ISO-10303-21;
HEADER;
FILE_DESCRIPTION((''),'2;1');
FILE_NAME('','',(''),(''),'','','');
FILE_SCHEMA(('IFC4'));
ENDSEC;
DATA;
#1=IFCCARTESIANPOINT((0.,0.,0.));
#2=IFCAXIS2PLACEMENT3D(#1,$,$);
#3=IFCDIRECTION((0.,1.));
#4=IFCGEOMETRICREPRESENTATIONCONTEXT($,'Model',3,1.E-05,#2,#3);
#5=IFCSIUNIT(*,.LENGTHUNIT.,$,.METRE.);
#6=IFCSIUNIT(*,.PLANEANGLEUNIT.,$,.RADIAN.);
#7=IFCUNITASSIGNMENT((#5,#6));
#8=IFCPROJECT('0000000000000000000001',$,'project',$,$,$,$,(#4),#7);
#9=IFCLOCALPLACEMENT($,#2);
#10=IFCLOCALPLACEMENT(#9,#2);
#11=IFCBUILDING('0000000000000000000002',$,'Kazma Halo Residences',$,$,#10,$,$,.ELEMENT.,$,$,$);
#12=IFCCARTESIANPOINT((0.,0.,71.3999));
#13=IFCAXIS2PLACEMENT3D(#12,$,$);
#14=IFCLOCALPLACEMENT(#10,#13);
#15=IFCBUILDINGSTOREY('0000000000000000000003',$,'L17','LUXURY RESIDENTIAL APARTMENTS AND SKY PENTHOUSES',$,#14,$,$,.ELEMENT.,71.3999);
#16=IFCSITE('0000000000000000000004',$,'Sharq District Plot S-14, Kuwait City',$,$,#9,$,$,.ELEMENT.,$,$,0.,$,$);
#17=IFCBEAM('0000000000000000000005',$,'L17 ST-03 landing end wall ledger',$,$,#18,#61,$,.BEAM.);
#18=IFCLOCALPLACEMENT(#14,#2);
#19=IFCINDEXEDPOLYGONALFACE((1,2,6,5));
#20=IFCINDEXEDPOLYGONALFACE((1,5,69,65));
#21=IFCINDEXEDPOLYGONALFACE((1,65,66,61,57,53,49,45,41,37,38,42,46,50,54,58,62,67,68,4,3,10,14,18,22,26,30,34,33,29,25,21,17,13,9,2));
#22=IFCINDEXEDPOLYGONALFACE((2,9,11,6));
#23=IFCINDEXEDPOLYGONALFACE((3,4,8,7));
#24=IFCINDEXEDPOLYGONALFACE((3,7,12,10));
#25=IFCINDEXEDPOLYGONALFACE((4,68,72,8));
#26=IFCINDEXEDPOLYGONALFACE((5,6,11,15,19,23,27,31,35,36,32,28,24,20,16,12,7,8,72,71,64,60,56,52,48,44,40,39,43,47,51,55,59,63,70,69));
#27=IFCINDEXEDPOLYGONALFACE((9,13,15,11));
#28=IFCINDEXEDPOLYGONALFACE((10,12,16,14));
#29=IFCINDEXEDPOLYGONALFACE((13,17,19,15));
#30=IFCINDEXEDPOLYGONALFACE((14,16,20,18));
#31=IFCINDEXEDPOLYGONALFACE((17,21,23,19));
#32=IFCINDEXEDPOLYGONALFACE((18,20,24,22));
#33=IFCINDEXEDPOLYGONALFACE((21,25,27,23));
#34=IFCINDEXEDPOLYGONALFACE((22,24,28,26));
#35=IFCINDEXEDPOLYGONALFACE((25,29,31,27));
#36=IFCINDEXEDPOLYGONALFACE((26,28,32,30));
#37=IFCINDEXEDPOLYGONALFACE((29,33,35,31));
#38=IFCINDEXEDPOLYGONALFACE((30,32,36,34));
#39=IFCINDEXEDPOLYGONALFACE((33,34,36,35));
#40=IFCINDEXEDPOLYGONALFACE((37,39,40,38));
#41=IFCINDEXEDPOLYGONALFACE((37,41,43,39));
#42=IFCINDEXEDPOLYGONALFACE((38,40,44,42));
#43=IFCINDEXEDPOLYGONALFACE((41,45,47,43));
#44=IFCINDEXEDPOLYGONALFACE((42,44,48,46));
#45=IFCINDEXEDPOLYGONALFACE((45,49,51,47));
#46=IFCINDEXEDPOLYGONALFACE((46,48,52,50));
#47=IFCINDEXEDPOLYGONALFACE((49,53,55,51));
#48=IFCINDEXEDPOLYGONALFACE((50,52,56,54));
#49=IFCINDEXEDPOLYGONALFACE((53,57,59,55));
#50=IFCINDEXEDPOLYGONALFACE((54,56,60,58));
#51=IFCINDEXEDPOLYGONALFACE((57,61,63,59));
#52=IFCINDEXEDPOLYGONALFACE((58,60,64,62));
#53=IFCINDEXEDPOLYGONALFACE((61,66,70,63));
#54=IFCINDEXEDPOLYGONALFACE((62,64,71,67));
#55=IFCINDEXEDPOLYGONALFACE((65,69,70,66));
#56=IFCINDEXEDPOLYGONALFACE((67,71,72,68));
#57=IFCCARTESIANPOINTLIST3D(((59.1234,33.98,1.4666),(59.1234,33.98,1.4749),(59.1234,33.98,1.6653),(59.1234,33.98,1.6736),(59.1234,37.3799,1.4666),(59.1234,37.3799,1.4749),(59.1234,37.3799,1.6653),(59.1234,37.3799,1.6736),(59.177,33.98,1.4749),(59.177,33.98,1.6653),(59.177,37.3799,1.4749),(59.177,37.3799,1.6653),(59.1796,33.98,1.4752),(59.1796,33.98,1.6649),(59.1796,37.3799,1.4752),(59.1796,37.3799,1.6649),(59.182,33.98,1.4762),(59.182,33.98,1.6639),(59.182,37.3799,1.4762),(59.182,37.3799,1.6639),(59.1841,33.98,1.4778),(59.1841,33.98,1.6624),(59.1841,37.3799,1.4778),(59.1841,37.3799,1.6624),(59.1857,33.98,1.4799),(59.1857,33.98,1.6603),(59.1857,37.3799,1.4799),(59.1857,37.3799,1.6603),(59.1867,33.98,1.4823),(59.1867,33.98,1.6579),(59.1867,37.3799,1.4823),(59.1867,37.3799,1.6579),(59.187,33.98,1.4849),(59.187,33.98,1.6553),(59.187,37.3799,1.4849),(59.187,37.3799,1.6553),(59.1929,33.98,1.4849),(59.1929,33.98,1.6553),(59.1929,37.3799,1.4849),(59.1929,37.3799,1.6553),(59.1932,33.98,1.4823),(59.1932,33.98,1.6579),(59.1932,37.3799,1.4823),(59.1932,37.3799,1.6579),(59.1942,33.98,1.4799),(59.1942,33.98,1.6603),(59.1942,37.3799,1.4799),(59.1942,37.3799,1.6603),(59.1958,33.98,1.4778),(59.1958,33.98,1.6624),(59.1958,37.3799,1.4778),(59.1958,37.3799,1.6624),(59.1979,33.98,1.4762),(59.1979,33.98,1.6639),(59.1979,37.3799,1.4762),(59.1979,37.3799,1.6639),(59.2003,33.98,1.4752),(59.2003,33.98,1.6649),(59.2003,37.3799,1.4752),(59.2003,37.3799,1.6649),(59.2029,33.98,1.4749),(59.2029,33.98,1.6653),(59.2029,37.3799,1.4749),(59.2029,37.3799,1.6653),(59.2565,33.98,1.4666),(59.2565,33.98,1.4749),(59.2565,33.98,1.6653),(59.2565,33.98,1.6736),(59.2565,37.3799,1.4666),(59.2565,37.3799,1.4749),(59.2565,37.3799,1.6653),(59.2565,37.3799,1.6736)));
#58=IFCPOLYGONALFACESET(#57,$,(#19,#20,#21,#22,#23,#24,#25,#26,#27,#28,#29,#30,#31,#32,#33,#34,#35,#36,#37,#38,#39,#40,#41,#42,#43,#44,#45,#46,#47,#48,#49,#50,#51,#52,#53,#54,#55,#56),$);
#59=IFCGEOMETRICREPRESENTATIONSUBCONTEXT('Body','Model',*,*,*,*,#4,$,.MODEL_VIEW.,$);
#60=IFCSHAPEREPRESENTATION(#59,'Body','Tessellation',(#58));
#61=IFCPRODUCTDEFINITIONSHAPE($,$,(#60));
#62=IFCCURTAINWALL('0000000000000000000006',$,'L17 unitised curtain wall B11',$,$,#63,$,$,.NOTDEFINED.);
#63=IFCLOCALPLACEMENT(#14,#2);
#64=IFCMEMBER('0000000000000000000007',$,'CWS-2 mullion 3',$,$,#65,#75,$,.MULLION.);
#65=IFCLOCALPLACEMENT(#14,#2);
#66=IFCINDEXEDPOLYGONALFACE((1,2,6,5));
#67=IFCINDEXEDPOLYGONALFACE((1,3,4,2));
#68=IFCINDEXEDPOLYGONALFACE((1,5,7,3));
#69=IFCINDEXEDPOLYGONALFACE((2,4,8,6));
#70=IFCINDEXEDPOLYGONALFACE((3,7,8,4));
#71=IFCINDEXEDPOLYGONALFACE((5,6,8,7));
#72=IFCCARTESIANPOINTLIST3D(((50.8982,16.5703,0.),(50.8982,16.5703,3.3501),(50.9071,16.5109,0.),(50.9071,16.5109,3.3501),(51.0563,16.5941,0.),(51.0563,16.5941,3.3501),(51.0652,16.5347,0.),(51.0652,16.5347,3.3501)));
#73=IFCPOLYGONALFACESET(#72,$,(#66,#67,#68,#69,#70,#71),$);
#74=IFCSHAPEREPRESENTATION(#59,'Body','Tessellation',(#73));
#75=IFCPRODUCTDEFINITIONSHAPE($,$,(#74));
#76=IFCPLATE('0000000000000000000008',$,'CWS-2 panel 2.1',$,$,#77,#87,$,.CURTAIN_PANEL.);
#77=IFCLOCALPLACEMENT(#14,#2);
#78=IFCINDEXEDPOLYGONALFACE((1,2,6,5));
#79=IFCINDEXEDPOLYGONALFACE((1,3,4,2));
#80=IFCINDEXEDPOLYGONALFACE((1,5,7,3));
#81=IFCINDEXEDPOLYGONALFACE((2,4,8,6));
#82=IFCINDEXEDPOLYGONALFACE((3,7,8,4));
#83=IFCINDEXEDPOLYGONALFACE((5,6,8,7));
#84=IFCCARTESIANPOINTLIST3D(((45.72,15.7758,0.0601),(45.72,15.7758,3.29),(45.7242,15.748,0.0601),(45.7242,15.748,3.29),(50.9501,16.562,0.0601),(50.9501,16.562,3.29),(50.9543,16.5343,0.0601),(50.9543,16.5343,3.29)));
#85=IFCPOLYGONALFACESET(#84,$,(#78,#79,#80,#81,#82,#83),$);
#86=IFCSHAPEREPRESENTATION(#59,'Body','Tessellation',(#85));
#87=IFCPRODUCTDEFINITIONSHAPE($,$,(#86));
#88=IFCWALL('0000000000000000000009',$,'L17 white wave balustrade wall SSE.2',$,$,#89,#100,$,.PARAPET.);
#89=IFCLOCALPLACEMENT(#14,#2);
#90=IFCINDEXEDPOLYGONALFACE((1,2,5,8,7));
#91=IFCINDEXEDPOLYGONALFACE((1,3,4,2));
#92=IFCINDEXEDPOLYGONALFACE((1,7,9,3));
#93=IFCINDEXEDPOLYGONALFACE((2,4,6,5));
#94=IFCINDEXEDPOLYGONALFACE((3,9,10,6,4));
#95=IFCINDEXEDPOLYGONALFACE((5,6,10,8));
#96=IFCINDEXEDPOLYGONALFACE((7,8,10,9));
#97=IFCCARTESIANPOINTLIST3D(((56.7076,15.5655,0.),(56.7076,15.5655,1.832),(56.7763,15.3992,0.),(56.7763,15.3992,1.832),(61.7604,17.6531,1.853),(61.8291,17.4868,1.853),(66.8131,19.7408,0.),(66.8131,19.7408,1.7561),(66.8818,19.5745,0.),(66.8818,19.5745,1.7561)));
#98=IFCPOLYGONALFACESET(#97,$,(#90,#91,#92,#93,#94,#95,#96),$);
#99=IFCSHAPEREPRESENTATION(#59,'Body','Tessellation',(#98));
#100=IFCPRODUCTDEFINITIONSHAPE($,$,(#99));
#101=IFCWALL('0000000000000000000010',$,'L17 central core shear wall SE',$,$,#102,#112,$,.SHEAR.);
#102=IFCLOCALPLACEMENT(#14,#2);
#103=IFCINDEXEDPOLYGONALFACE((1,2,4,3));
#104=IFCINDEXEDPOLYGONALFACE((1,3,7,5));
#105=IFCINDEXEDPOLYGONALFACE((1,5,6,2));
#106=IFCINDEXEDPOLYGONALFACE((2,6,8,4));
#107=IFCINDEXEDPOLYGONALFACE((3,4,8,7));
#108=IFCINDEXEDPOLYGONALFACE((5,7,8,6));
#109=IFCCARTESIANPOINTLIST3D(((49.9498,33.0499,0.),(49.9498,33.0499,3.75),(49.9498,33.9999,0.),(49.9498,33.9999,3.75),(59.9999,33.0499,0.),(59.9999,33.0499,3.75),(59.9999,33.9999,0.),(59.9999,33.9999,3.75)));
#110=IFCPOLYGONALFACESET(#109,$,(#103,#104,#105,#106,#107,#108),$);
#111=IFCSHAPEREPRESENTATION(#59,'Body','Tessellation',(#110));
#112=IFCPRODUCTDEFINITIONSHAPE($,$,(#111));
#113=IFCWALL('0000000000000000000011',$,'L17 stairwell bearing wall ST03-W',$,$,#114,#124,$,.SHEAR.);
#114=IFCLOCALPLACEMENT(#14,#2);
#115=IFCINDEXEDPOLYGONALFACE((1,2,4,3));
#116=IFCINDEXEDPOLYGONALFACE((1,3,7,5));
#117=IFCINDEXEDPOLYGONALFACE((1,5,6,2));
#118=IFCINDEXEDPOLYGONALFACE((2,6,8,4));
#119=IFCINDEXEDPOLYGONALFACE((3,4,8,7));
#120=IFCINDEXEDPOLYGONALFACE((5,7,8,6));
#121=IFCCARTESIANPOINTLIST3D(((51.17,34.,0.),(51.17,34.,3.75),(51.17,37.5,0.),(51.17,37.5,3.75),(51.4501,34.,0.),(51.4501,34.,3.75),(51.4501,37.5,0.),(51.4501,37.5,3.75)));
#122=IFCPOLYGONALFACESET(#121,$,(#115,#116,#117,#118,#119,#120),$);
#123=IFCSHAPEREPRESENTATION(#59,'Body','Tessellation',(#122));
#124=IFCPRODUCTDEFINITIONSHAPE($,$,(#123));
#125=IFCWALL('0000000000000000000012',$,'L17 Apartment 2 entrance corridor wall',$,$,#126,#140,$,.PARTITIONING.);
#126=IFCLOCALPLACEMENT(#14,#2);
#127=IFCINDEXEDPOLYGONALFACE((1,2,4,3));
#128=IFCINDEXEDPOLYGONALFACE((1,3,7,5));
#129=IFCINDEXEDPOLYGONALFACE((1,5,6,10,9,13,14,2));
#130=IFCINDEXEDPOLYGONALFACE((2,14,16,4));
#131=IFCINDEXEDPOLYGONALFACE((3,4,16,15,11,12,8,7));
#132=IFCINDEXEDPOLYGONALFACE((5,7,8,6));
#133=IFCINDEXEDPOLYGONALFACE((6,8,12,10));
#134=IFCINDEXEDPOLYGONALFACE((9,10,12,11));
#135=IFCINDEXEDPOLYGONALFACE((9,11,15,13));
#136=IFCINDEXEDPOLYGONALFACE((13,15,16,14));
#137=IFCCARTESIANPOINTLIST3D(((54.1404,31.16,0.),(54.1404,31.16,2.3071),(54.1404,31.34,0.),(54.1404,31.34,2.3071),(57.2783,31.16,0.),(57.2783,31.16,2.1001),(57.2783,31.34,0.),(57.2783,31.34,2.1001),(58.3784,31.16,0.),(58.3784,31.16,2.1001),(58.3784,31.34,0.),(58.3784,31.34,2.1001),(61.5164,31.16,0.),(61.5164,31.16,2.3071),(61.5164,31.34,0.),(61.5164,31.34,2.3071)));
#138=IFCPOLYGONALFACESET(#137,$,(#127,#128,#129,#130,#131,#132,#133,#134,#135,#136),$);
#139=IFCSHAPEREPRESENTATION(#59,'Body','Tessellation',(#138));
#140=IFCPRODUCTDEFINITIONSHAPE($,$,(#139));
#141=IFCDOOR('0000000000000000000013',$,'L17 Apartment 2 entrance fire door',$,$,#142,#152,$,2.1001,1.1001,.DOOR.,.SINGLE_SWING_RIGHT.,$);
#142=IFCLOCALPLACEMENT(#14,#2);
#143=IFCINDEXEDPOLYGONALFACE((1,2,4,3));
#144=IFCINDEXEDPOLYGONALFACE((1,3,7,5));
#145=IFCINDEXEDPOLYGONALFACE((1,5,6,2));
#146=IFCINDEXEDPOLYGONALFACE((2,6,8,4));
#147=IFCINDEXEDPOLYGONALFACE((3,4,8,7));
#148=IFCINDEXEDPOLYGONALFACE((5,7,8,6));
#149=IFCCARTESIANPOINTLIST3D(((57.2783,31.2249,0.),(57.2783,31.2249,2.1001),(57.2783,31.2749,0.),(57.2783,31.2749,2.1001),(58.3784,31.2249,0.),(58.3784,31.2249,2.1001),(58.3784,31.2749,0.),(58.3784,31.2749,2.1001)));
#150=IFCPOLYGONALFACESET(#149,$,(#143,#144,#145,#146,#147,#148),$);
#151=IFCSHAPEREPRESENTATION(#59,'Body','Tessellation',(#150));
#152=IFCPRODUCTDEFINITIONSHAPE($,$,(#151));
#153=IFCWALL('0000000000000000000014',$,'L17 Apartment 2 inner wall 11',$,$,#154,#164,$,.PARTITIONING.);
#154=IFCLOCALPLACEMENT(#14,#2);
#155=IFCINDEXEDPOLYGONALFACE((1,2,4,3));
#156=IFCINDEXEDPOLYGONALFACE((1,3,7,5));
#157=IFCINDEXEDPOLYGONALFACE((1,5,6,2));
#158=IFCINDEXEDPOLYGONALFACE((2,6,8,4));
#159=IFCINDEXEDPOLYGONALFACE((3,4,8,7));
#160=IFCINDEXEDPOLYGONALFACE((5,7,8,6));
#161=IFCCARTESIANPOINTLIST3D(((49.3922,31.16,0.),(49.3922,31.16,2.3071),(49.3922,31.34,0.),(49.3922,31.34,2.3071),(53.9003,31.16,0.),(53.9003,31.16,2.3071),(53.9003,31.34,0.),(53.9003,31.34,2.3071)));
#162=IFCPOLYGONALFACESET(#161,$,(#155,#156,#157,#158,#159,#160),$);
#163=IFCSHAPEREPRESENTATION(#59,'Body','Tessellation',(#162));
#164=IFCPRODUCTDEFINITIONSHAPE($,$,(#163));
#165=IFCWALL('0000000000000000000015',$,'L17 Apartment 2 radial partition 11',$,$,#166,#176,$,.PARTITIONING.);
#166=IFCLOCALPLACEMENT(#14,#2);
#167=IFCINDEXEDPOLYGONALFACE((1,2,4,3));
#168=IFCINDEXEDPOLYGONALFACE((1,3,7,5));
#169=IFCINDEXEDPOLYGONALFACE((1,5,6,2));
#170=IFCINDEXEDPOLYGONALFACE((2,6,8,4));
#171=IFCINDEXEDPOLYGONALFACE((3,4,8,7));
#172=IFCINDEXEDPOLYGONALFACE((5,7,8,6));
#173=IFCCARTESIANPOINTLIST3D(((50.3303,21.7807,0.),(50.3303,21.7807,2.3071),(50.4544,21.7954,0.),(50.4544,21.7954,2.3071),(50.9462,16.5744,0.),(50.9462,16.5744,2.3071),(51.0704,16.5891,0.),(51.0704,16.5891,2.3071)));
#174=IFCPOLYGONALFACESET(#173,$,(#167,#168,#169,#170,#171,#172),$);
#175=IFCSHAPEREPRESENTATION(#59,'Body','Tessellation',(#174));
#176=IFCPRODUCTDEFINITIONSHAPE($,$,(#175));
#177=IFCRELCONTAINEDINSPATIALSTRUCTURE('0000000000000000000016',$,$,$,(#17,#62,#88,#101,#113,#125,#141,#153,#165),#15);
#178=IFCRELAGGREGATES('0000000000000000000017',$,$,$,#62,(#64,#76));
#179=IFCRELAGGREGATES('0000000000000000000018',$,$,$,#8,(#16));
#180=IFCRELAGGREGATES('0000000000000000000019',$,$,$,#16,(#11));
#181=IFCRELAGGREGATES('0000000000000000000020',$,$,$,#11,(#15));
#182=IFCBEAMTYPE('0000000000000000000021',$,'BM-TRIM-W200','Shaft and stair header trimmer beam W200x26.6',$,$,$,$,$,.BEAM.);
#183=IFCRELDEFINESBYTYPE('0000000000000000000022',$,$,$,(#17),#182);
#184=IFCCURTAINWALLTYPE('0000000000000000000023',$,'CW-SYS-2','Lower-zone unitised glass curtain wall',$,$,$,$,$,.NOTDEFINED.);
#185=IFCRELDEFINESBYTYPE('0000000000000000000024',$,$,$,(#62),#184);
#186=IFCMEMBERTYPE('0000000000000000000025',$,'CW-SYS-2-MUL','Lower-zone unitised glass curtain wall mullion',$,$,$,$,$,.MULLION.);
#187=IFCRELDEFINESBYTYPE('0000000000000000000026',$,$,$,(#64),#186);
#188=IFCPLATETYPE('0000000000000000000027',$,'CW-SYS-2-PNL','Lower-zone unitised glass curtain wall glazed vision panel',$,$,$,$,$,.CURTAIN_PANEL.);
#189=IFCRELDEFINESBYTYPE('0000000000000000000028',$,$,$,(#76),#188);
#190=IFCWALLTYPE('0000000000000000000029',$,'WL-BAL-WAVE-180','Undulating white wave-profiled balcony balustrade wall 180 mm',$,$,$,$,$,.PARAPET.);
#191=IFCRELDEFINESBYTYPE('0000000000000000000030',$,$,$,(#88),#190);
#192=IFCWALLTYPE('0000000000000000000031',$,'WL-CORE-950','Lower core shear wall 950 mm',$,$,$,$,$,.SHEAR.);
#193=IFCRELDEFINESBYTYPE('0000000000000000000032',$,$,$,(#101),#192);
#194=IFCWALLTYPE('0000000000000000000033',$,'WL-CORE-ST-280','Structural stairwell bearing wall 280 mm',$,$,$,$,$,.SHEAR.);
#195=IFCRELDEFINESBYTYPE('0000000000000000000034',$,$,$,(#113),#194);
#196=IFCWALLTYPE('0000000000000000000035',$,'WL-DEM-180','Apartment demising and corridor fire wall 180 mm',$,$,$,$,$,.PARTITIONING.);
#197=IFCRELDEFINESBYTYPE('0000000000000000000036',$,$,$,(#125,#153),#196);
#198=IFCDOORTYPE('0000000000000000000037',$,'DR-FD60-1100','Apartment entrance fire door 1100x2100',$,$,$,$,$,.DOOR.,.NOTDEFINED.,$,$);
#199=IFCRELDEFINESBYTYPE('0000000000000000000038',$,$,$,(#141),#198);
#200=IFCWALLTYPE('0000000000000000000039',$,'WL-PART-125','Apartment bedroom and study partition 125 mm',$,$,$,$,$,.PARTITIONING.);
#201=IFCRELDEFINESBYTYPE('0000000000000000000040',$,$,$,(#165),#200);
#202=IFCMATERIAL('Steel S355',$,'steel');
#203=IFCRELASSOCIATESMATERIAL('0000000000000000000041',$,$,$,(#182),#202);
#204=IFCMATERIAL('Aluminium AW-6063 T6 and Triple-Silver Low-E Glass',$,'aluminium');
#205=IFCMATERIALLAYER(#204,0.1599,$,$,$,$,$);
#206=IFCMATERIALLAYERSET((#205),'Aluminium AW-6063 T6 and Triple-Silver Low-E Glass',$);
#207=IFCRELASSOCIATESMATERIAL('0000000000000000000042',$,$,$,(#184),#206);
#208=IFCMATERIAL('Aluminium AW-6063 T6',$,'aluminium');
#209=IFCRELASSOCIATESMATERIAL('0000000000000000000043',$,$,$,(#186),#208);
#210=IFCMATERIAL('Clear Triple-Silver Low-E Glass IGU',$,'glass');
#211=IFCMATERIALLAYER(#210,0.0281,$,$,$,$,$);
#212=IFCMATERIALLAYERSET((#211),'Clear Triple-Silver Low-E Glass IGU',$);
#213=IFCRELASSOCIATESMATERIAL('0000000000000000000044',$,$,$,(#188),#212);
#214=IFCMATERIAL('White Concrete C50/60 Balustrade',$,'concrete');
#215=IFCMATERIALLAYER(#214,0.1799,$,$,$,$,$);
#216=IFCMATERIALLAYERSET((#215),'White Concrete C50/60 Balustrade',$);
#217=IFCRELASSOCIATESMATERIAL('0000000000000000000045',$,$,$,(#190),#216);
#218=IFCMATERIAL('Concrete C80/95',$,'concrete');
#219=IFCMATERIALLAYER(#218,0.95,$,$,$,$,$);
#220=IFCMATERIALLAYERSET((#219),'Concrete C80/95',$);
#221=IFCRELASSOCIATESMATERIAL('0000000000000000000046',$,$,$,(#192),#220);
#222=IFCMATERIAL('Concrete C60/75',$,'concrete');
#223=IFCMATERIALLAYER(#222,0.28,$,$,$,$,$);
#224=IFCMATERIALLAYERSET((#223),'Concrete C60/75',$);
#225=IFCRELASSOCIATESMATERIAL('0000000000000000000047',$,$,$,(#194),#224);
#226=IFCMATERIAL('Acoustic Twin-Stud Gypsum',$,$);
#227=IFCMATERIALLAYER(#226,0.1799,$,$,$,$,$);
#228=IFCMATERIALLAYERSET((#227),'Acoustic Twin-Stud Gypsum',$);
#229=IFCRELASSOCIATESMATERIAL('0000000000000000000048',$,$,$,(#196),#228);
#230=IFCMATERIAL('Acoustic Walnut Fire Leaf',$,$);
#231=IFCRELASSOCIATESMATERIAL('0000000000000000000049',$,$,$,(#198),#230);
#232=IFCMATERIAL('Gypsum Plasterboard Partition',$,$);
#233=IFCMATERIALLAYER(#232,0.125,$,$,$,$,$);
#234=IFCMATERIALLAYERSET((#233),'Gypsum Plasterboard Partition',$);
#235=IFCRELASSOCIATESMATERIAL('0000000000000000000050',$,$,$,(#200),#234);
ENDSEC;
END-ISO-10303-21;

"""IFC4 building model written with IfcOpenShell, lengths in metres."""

from ifc_helpers import new_model, si_unit, direction, frame, frame_2d, origin, origin_2d, place, context, subcontext, project, spatial, polyline, rectangle, i_section, outline, extrude, material, layer, layer_set, material_profile, profile_set, type_object, element, fill, aggregate, save


model = new_model("IFC4")

# Units and contexts
model_context = context("Model", 3, precision=1e-05, world=origin(), true_north=direction((0.0, 1.0)))
body_context = subcontext(model_context, "Body", "Model", "MODEL_VIEW")
ifc_project = project(units=[si_unit("LENGTHUNIT", "METRE"), si_unit("PLANEANGLEUNIT", "RADIAN")], contexts=[model_context])

# Site, building, storey
site_placement = place(None, origin())
site = spatial("IfcSite", under=ifc_project, at=site_placement, Name="Sharq District Plot S-14, Kuwait City", CompositionType="ELEMENT", RefElevation=0.0)
building_placement = place(site_placement, origin())
building = spatial("IfcBuilding", under=site, at=building_placement, Name="Kazma Halo Residences", CompositionType="ELEMENT")
storey_placement = place(building_placement, frame((0.0, 0.0, 71.3999)))
storey = spatial("IfcBuildingStorey", under=building, at=storey_placement, Name="L17", Description="LUXURY RESIDENTIAL APARTMENTS AND SKY PENTHOUSES", CompositionType="ELEMENT", Elevation=71.3999)

# Shared definitions
ifc_material_1 = material(Name="Concrete C80/95", Category="concrete")

# Beam
ifc_material_2 = material(Name="Steel S355", Category="steel")
ifc_material_profile_1 = material_profile(ifc_material_2, i_section(OverallWidth=0.1331, OverallDepth=0.207, WebThickness=0.0059, FlangeThickness=0.0083, FilletRadius=0.01, at=origin_2d()), Name="W200x26.6")
ifc_profile_set_1 = profile_set([ifc_material_profile_1], Name="Steel S355")
beam_type_1 = type_object("IfcBeamType", Name="BM-TRIM-W200", Description="Shaft and stair header trimmer beam W200x26.6", PredefinedType="BEAM", material=ifc_profile_set_1)
beam_1_placement = place(storey_placement, frame((59.1899, 33.98, 1.5701), z_axis=(0.0, 1.0, 0.0), x_axis=(-1.0, 0.0, 0.0)))
element("IfcBeam", 1, at=beam_1_placement, inside=storey, type_object=beam_type_1, Name="L17 ST-03 landing end wall ledger", PredefinedType="BEAM", context=body_context, shape_type="SweptSolid", body=[
    extrude(i_section(OverallWidth=0.1331, OverallDepth=0.207, WebThickness=0.0059, FlangeThickness=0.0083, FilletRadius=0.01, at=origin_2d()), origin(), (0.0, 0.0, 1.0), 3.3999),
])

# Curtain wall, member, plate
ifc_material_3 = material(Name="Aluminium AW-6063 T6 and Triple-Silver Low-E Glass", Category="aluminium")
ifc_layer_1 = layer(ifc_material_3, 0.1599)
ifc_layer_set_1 = layer_set([ifc_layer_1], Name="Aluminium AW-6063 T6 and Triple-Silver Low-E Glass")
curtain_wall_type = type_object("IfcCurtainWallType", Name="CW-SYS-2", Description="Lower-zone unitised glass curtain wall", PredefinedType="NOTDEFINED", material=ifc_layer_set_1)
curtain_wall_placement = place(storey_placement, origin())
curtain_wall = element("IfcCurtainWall", 2, at=curtain_wall_placement, inside=storey, type_object=curtain_wall_type, Name="L17 unitised curtain wall B11", PredefinedType="NOTDEFINED")
ifc_material_4 = material(Name="Aluminium AW-6063 T6", Category="aluminium")
ifc_material_profile_2 = material_profile(ifc_material_4, rectangle(XDim=0.0601, YDim=0.1599, at=origin_2d()), Name="CWM-60x160")
ifc_profile_set_2 = profile_set([ifc_material_profile_2], Name="Aluminium AW-6063 T6")
member_type = type_object("IfcMemberType", Name="CW-SYS-2-MUL", Description="Lower-zone unitised glass curtain wall mullion", PredefinedType="MULLION", material=ifc_profile_set_2)
member_placement = place(storey_placement, frame((50.9817, 16.5525, 0.0), z_axis=(0.0, 0.0, 1.0), x_axis=(-0.148657, 0.988889, 0.0)))
member = element("IfcMember", 3, at=member_placement, type_object=member_type, Name="CWS-2 mullion 3", PredefinedType="MULLION", context=body_context, shape_type="SweptSolid", body=[
    extrude(rectangle(XDim=0.0601, YDim=0.1599, at=origin_2d()), origin(), (0.0, 0.0, 1.0), 3.3501),
])
ifc_material_5 = material(Name="Clear Triple-Silver Low-E Glass IGU", Category="glass")
ifc_layer_2 = layer(ifc_material_5, 0.0281)
ifc_layer_set_2 = layer_set([ifc_layer_2], Name="Clear Triple-Silver Low-E Glass IGU")
plate_type = type_object("IfcPlateType", Name="CW-SYS-2-PNL", Description="Lower-zone unitised glass curtain wall glazed vision panel", PredefinedType="CURTAIN_PANEL", material=ifc_layer_set_2)
plate_placement = place(storey_placement, frame((48.3372, 16.155, 0.0601), z_axis=(0.0, 0.0, 1.0), x_axis=(0.988889, 0.148657, 0.0)))
plate = element("IfcPlate", 4, at=plate_placement, type_object=plate_type, Name="CWS-2 panel 2.1", PredefinedType="CURTAIN_PANEL", context=body_context, shape_type="SweptSolid", body=[
    extrude(rectangle(XDim=5.2888, YDim=0.0281, at=origin_2d()), origin(), (0.0, 0.0, 1.0), 3.23),
])
aggregate(curtain_wall, [member, plate])

# Walls
ifc_material_6 = material(Name="White Concrete C50/60 Balustrade", Category="concrete")
ifc_layer_3 = layer(ifc_material_6, 0.1799)
ifc_layer_set_3 = layer_set([ifc_layer_3], Name="White Concrete C50/60 Balustrade")
wall_type_1 = type_object("IfcWallType", Name="WL-BAL-WAVE-180", Description="Undulating white wave-profiled balcony balustrade wall 180 mm", PredefinedType="PARAPET", material=ifc_layer_set_3)
wall_1_placement = place(storey_placement, frame((56.7419, 15.4824, 0.0), z_axis=(0.0, 0.0, 1.0), x_axis=(0.92422, 0.381861, 0.0)))
element("IfcWall", 5, at=wall_1_placement, inside=storey, type_object=wall_type_1, Name="L17 white wave balustrade wall SSE.2", PredefinedType="PARAPET", context=body_context, shape_type="SweptSolid", body=[
    extrude(outline(polyline([(0.0, 0.0), (10.9341, 0.0), (10.9341, 1.7561), (5.467, 1.853), (0.0, 1.832), (0.0, 0.0)])), frame((0.0, 0.0898, 0.0), z_axis=(0.0, -1.0, 0.0), x_axis=(1.0, 0.0, 0.0)), (0.0, 0.0, 1.0), 0.1799),
])
ifc_layer_4 = layer(ifc_material_1, 0.95)
ifc_layer_set_4 = layer_set([ifc_layer_4], Name="Concrete C80/95")
wall_type_2 = type_object("IfcWallType", Name="WL-CORE-950", Description="Lower core shear wall 950 mm", PredefinedType="SHEAR", material=ifc_layer_set_4)
wall_2_placement = place(storey_placement, frame((49.95, 33.5249, 0.0), z_axis=(0.0, 0.0, 1.0), x_axis=(1.0, 0.0, 0.0)))
element("IfcWall", 6, at=wall_2_placement, inside=storey, type_object=wall_type_2, Name="L17 central core shear wall SE", PredefinedType="SHEAR", context=body_context, shape_type="SweptSolid", body=[
    extrude(rectangle(XDim=10.05, YDim=0.95, at=frame_2d((5.0249, 0.0))), origin(), (0.0, 0.0, 1.0), 3.75),
])
ifc_material_7 = material(Name="Concrete C60/75", Category="concrete")
ifc_layer_5 = layer(ifc_material_7, 0.28)
ifc_layer_set_5 = layer_set([ifc_layer_5], Name="Concrete C60/75")
wall_type_3 = type_object("IfcWallType", Name="WL-CORE-ST-280", Description="Structural stairwell bearing wall 280 mm", PredefinedType="SHEAR", material=ifc_layer_set_5)
wall_3_placement = place(storey_placement, frame((51.3101, 34.0, 0.0), z_axis=(0.0, 0.0, 1.0), x_axis=(0.0, 1.0, 0.0)))
element("IfcWall", 7, at=wall_3_placement, inside=storey, type_object=wall_type_3, Name="L17 stairwell bearing wall ST03-W", PredefinedType="SHEAR", context=body_context, shape_type="SweptSolid", body=[
    extrude(rectangle(XDim=3.5, YDim=0.28, at=frame_2d((1.75, 0.0))), origin(), (0.0, 0.0, 1.0), 3.75),
])

# Wall, opening, door
ifc_material_8 = material(Name="Acoustic Twin-Stud Gypsum")
ifc_layer_6 = layer(ifc_material_8, 0.1799)
ifc_layer_set_6 = layer_set([ifc_layer_6], Name="Acoustic Twin-Stud Gypsum")
wall_type_4 = type_object("IfcWallType", Name="WL-DEM-180", Description="Apartment demising and corridor fire wall 180 mm", PredefinedType="PARTITIONING", material=ifc_layer_set_6)
wall_4_placement = place(storey_placement, frame((54.1404, 31.25, 0.0), z_axis=(0.0, 0.0, 1.0), x_axis=(1.0, 0.0, 0.0)))
wall_4 = element("IfcWall", 8, at=wall_4_placement, inside=storey, type_object=wall_type_4, Name="L17 Apartment 2 entrance corridor wall", PredefinedType="PARTITIONING", context=body_context, shape_type="SweptSolid", body=[
    extrude(rectangle(XDim=7.376, YDim=0.1799, at=frame_2d((3.688, 0.0))), origin(), (0.0, 0.0, 1.0), 2.3071),
])
opening_1_placement = place(wall_4_placement, frame((3.1379, 0.0, 0.0)))
opening_1 = element("IfcOpeningElement", 9, at=opening_1_placement, cuts=wall_4, PredefinedType="OPENING", context=body_context, shape_type="SweptSolid", body=[
    extrude(rectangle(XDim=1.1001, YDim=2.1001, at=frame_2d((0.55, 1.05))), frame((0.0, 0.0999, 0.0), z_axis=(0.0, -1.0, 0.0), x_axis=(1.0, 0.0, 0.0)), (0.0, 0.0, 1.0), 0.2),
])
ifc_material_9 = material(Name="Acoustic Walnut Fire Leaf")
door_type_1 = type_object("IfcDoorType", Name="DR-FD60-1100", Description="Apartment entrance fire door 1100x2100", OperationType="NOTDEFINED", PredefinedType="DOOR", material=ifc_material_9)
door_1_placement = place(opening_1_placement, origin())
door_1 = element("IfcDoor", 10, at=door_1_placement, inside=storey, type_object=door_type_1, Name="L17 Apartment 2 entrance fire door", OperationType="SINGLE_SWING_RIGHT", OverallHeight=2.1001, OverallWidth=1.1001, PredefinedType="DOOR", context=body_context, shape_type="SweptSolid", body=[
    extrude(rectangle(XDim=1.1001, YDim=2.1001, at=frame_2d((0.55, 1.05))), frame((0.0, 0.0249, 0.0), z_axis=(0.0, -1.0, 0.0), x_axis=(1.0, 0.0, 0.0)), (0.0, 0.0, 1.0), 0.05),
])
fill(opening_1, door_1)

# Wall
wall_5_placement = place(storey_placement, frame((49.3923, 31.25, 0.0), z_axis=(0.0, 0.0, 1.0), x_axis=(1.0, 0.0, 0.0)))
element("IfcWall", 11, at=wall_5_placement, inside=storey, type_object=wall_type_4, Name="L17 Apartment 2 inner wall 11", PredefinedType="PARTITIONING", context=body_context, shape_type="SweptSolid", body=[
    extrude(rectangle(XDim=4.5081, YDim=0.1799, at=frame_2d((2.2539, 0.0))), origin(), (0.0, 0.0, 1.0), 2.3071),
])

# Wall
ifc_material_10 = material(Name="Gypsum Plasterboard Partition")
ifc_layer_7 = layer(ifc_material_10, 0.125)
ifc_layer_set_7 = layer_set([ifc_layer_7], Name="Gypsum Plasterboard Partition")
wall_type_5 = type_object("IfcWallType", Name="WL-PART-125", Description="Apartment bedroom and study partition 125 mm", PredefinedType="PARTITIONING", material=ifc_layer_set_7)
wall_6_placement = place(storey_placement, frame((50.3923, 21.7881, 0.0), z_axis=(0.0, 0.0, 1.0), x_axis=(0.117492, -0.993074, 0.0)))
element("IfcWall", 12, at=wall_6_placement, inside=storey, type_object=wall_type_5, Name="L17 Apartment 2 radial partition 11", PredefinedType="PARTITIONING", context=body_context, shape_type="SweptSolid", body=[
    extrude(rectangle(XDim=5.2427, YDim=0.125, at=frame_2d((2.6213, 0.0))), origin(), (0.0, 0.0, 1.0), 2.3071),
])

save(model, "model.ifc")
